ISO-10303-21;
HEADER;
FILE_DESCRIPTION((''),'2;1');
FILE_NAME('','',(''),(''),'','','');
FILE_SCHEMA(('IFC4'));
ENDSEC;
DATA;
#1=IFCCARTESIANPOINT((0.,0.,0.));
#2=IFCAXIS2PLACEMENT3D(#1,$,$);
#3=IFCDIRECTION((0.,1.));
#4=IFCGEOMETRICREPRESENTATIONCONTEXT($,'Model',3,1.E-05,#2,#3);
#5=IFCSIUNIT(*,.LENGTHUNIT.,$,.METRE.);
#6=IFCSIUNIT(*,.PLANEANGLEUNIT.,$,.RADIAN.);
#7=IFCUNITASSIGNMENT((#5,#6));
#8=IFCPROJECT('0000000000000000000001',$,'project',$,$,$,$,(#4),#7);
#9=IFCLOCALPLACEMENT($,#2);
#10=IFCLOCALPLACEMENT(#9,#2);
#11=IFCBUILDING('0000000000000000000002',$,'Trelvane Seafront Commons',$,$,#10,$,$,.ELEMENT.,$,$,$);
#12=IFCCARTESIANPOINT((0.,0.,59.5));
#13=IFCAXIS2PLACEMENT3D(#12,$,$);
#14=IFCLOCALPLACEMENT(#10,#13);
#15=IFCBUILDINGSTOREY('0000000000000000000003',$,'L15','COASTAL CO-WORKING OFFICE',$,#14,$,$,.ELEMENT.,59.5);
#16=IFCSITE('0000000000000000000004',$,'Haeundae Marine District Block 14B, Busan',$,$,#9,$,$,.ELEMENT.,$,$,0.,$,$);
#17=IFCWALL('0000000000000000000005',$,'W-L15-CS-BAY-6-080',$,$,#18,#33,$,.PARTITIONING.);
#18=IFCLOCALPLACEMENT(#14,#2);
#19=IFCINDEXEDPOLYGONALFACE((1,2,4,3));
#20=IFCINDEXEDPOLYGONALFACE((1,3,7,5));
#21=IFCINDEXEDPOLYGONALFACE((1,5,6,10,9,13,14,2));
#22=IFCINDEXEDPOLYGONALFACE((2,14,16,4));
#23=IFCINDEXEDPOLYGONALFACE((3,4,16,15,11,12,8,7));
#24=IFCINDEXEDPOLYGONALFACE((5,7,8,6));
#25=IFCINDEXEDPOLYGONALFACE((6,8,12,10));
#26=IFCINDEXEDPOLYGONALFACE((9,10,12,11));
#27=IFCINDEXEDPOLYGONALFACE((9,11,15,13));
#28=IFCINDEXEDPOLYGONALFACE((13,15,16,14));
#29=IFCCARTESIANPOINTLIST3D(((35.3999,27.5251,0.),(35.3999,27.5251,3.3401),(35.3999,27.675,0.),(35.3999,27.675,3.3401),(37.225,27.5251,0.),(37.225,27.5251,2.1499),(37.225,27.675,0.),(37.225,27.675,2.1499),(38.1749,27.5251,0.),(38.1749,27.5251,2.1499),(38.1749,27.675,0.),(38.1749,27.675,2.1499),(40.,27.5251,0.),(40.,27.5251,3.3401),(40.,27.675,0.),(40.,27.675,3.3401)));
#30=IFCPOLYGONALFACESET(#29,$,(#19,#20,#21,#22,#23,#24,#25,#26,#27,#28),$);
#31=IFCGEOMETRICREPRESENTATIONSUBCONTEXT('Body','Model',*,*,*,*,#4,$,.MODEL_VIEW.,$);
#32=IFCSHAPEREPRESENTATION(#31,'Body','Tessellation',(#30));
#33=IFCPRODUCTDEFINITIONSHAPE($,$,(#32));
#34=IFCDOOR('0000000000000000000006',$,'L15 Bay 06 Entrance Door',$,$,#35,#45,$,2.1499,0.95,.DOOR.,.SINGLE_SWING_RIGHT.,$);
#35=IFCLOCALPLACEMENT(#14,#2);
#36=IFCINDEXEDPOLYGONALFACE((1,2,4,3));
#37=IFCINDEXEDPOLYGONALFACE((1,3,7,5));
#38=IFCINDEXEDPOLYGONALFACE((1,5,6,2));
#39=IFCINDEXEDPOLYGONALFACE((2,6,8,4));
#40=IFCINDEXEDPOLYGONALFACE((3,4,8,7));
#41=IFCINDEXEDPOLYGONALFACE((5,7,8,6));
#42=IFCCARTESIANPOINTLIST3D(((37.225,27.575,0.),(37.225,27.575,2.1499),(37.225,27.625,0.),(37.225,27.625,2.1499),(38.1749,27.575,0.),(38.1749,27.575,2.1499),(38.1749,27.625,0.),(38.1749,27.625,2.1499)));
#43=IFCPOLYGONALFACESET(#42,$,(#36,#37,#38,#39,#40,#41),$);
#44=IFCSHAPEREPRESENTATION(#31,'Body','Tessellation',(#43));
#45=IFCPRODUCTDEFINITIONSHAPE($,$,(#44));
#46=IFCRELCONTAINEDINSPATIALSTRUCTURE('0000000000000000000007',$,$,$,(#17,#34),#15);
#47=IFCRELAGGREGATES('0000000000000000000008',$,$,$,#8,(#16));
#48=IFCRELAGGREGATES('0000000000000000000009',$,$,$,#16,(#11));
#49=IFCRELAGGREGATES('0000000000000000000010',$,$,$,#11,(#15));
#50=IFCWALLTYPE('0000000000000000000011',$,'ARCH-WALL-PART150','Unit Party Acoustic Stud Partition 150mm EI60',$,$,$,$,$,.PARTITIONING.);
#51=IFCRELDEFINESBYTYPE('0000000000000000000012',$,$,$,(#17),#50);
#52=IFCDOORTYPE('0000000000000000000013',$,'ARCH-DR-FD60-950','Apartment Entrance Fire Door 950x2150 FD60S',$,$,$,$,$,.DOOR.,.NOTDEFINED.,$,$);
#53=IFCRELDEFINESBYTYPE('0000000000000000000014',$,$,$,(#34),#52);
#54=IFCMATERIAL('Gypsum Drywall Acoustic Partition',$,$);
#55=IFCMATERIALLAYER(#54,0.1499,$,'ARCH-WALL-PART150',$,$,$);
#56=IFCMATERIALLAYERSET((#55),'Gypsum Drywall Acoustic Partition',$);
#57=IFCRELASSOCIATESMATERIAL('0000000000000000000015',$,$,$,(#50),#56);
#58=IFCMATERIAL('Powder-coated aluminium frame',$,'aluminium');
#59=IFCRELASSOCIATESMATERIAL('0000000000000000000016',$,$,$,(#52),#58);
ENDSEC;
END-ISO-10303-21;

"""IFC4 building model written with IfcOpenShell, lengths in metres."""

from ifc_helpers import new_model, si_unit, direction, frame, frame_2d, origin, place, context, subcontext, project, spatial, rectangle, extrude, source, transform, mapped, material, layer, layer_set, type_object, element, fill, save


model = new_model("IFC4")

# Units and contexts
model_context = context("Model", 3, precision=1e-05, world=origin(), true_north=direction((0.0, 1.0)))
body_context = subcontext(model_context, "Body", "Model", "MODEL_VIEW")
ifc_project = project(units=[si_unit("LENGTHUNIT", "METRE"), si_unit("PLANEANGLEUNIT", "RADIAN")], contexts=[model_context])

# Site, building, storey
site_placement = place(None, origin())
site = spatial("IfcSite", under=ifc_project, at=site_placement, Name="Haeundae Marine District Block 14B, Busan", CompositionType="ELEMENT", RefElevation=0.0)
building_placement = place(site_placement, origin())
building = spatial("IfcBuilding", under=site, at=building_placement, Name="Trelvane Seafront Commons", CompositionType="ELEMENT")
storey_placement = place(building_placement, frame((0.0, 0.0, 59.5)))
storey = spatial("IfcBuildingStorey", under=building, at=storey_placement, Name="L15", Description="COASTAL CO-WORKING OFFICE", CompositionType="ELEMENT", Elevation=59.5)

# Shared definitions
ifc_material_1 = material(Name="Gypsum Drywall Acoustic Partition")
shared_shape_1 = source(origin(), body_context, "Body", "SweptSolid", [
    extrude(rectangle(XDim=0.95, YDim=2.1499, at=frame_2d((0.4751, 1.075))), frame((0.0, 0.0249, 0.0), z_axis=(0.0, -1.0, 0.0), x_axis=(1.0, 0.0, 0.0)), (0.0, 0.0, 1.0), 0.05),
])

# Wall, opening, door
ifc_layer_1 = layer(ifc_material_1, 0.1499, Name="ARCH-WALL-PART150")
ifc_layer_set_1 = layer_set([ifc_layer_1], Name="Gypsum Drywall Acoustic Partition")
wall_type_1 = type_object("IfcWallType", Name="ARCH-WALL-PART150", Description="Unit Party Acoustic Stud Partition 150mm EI60", PredefinedType="PARTITIONING", material=ifc_layer_set_1)
ifc_material_2 = material(Name="Powder-coated aluminium frame", Category="aluminium")
door_type_1 = type_object("IfcDoorType", Name="ARCH-DR-FD60-950", Description="Apartment Entrance Fire Door 950x2150 FD60S", OperationType="NOTDEFINED", PredefinedType="DOOR", material=ifc_material_2)
wall_1_placement = place(storey_placement, frame((35.3999, 27.6001, 0.0), z_axis=(0.0, 0.0, 1.0), x_axis=(1.0, 0.0, 0.0)))
wall_1 = element("IfcWall", 1, at=wall_1_placement, inside=storey, type_object=wall_type_1, Name="W-L15-CS-BAY-6-080", PredefinedType="PARTITIONING", context=body_context, shape_type="SweptSolid", body=[
    extrude(rectangle(XDim=4.6001, YDim=0.1499, at=frame_2d((2.3, 0.0))), origin(), (0.0, 0.0, 1.0), 3.3401),
])
opening_1_placement = place(wall_1_placement, frame((1.825, 0.0, 0.0)))
opening_1 = element("IfcOpeningElement", 2, at=opening_1_placement, cuts=wall_1, PredefinedType="OPENING", context=body_context, shape_type="SweptSolid", body=[
    extrude(rectangle(XDim=0.95, YDim=2.1499, at=frame_2d((0.4751, 1.075))), frame((0.0, 0.085, 0.0), z_axis=(0.0, -1.0, 0.0), x_axis=(1.0, 0.0, 0.0)), (0.0, 0.0, 1.0), 0.1699),
])
door_1_placement = place(opening_1_placement, origin())
door_1 = element("IfcDoor", 3, at=door_1_placement, inside=storey, type_object=door_type_1, Name="L15 Bay 06 Entrance Door", OperationType="SINGLE_SWING_RIGHT", OverallHeight=2.1499, OverallWidth=0.95, PredefinedType="DOOR", context=body_context, shape_type="MappedRepresentation", body=[
    mapped(shared_shape_1, transform((0.0, 0.0, 0.0), x_axis=(1.0, 0.0, 0.0), y_axis=(0.0, 1.0, 0.0), z_axis=(0.0, 0.0, 1.0), scale=1.0)),
])
fill(opening_1, door_1)

save(model, "model.ifc")
